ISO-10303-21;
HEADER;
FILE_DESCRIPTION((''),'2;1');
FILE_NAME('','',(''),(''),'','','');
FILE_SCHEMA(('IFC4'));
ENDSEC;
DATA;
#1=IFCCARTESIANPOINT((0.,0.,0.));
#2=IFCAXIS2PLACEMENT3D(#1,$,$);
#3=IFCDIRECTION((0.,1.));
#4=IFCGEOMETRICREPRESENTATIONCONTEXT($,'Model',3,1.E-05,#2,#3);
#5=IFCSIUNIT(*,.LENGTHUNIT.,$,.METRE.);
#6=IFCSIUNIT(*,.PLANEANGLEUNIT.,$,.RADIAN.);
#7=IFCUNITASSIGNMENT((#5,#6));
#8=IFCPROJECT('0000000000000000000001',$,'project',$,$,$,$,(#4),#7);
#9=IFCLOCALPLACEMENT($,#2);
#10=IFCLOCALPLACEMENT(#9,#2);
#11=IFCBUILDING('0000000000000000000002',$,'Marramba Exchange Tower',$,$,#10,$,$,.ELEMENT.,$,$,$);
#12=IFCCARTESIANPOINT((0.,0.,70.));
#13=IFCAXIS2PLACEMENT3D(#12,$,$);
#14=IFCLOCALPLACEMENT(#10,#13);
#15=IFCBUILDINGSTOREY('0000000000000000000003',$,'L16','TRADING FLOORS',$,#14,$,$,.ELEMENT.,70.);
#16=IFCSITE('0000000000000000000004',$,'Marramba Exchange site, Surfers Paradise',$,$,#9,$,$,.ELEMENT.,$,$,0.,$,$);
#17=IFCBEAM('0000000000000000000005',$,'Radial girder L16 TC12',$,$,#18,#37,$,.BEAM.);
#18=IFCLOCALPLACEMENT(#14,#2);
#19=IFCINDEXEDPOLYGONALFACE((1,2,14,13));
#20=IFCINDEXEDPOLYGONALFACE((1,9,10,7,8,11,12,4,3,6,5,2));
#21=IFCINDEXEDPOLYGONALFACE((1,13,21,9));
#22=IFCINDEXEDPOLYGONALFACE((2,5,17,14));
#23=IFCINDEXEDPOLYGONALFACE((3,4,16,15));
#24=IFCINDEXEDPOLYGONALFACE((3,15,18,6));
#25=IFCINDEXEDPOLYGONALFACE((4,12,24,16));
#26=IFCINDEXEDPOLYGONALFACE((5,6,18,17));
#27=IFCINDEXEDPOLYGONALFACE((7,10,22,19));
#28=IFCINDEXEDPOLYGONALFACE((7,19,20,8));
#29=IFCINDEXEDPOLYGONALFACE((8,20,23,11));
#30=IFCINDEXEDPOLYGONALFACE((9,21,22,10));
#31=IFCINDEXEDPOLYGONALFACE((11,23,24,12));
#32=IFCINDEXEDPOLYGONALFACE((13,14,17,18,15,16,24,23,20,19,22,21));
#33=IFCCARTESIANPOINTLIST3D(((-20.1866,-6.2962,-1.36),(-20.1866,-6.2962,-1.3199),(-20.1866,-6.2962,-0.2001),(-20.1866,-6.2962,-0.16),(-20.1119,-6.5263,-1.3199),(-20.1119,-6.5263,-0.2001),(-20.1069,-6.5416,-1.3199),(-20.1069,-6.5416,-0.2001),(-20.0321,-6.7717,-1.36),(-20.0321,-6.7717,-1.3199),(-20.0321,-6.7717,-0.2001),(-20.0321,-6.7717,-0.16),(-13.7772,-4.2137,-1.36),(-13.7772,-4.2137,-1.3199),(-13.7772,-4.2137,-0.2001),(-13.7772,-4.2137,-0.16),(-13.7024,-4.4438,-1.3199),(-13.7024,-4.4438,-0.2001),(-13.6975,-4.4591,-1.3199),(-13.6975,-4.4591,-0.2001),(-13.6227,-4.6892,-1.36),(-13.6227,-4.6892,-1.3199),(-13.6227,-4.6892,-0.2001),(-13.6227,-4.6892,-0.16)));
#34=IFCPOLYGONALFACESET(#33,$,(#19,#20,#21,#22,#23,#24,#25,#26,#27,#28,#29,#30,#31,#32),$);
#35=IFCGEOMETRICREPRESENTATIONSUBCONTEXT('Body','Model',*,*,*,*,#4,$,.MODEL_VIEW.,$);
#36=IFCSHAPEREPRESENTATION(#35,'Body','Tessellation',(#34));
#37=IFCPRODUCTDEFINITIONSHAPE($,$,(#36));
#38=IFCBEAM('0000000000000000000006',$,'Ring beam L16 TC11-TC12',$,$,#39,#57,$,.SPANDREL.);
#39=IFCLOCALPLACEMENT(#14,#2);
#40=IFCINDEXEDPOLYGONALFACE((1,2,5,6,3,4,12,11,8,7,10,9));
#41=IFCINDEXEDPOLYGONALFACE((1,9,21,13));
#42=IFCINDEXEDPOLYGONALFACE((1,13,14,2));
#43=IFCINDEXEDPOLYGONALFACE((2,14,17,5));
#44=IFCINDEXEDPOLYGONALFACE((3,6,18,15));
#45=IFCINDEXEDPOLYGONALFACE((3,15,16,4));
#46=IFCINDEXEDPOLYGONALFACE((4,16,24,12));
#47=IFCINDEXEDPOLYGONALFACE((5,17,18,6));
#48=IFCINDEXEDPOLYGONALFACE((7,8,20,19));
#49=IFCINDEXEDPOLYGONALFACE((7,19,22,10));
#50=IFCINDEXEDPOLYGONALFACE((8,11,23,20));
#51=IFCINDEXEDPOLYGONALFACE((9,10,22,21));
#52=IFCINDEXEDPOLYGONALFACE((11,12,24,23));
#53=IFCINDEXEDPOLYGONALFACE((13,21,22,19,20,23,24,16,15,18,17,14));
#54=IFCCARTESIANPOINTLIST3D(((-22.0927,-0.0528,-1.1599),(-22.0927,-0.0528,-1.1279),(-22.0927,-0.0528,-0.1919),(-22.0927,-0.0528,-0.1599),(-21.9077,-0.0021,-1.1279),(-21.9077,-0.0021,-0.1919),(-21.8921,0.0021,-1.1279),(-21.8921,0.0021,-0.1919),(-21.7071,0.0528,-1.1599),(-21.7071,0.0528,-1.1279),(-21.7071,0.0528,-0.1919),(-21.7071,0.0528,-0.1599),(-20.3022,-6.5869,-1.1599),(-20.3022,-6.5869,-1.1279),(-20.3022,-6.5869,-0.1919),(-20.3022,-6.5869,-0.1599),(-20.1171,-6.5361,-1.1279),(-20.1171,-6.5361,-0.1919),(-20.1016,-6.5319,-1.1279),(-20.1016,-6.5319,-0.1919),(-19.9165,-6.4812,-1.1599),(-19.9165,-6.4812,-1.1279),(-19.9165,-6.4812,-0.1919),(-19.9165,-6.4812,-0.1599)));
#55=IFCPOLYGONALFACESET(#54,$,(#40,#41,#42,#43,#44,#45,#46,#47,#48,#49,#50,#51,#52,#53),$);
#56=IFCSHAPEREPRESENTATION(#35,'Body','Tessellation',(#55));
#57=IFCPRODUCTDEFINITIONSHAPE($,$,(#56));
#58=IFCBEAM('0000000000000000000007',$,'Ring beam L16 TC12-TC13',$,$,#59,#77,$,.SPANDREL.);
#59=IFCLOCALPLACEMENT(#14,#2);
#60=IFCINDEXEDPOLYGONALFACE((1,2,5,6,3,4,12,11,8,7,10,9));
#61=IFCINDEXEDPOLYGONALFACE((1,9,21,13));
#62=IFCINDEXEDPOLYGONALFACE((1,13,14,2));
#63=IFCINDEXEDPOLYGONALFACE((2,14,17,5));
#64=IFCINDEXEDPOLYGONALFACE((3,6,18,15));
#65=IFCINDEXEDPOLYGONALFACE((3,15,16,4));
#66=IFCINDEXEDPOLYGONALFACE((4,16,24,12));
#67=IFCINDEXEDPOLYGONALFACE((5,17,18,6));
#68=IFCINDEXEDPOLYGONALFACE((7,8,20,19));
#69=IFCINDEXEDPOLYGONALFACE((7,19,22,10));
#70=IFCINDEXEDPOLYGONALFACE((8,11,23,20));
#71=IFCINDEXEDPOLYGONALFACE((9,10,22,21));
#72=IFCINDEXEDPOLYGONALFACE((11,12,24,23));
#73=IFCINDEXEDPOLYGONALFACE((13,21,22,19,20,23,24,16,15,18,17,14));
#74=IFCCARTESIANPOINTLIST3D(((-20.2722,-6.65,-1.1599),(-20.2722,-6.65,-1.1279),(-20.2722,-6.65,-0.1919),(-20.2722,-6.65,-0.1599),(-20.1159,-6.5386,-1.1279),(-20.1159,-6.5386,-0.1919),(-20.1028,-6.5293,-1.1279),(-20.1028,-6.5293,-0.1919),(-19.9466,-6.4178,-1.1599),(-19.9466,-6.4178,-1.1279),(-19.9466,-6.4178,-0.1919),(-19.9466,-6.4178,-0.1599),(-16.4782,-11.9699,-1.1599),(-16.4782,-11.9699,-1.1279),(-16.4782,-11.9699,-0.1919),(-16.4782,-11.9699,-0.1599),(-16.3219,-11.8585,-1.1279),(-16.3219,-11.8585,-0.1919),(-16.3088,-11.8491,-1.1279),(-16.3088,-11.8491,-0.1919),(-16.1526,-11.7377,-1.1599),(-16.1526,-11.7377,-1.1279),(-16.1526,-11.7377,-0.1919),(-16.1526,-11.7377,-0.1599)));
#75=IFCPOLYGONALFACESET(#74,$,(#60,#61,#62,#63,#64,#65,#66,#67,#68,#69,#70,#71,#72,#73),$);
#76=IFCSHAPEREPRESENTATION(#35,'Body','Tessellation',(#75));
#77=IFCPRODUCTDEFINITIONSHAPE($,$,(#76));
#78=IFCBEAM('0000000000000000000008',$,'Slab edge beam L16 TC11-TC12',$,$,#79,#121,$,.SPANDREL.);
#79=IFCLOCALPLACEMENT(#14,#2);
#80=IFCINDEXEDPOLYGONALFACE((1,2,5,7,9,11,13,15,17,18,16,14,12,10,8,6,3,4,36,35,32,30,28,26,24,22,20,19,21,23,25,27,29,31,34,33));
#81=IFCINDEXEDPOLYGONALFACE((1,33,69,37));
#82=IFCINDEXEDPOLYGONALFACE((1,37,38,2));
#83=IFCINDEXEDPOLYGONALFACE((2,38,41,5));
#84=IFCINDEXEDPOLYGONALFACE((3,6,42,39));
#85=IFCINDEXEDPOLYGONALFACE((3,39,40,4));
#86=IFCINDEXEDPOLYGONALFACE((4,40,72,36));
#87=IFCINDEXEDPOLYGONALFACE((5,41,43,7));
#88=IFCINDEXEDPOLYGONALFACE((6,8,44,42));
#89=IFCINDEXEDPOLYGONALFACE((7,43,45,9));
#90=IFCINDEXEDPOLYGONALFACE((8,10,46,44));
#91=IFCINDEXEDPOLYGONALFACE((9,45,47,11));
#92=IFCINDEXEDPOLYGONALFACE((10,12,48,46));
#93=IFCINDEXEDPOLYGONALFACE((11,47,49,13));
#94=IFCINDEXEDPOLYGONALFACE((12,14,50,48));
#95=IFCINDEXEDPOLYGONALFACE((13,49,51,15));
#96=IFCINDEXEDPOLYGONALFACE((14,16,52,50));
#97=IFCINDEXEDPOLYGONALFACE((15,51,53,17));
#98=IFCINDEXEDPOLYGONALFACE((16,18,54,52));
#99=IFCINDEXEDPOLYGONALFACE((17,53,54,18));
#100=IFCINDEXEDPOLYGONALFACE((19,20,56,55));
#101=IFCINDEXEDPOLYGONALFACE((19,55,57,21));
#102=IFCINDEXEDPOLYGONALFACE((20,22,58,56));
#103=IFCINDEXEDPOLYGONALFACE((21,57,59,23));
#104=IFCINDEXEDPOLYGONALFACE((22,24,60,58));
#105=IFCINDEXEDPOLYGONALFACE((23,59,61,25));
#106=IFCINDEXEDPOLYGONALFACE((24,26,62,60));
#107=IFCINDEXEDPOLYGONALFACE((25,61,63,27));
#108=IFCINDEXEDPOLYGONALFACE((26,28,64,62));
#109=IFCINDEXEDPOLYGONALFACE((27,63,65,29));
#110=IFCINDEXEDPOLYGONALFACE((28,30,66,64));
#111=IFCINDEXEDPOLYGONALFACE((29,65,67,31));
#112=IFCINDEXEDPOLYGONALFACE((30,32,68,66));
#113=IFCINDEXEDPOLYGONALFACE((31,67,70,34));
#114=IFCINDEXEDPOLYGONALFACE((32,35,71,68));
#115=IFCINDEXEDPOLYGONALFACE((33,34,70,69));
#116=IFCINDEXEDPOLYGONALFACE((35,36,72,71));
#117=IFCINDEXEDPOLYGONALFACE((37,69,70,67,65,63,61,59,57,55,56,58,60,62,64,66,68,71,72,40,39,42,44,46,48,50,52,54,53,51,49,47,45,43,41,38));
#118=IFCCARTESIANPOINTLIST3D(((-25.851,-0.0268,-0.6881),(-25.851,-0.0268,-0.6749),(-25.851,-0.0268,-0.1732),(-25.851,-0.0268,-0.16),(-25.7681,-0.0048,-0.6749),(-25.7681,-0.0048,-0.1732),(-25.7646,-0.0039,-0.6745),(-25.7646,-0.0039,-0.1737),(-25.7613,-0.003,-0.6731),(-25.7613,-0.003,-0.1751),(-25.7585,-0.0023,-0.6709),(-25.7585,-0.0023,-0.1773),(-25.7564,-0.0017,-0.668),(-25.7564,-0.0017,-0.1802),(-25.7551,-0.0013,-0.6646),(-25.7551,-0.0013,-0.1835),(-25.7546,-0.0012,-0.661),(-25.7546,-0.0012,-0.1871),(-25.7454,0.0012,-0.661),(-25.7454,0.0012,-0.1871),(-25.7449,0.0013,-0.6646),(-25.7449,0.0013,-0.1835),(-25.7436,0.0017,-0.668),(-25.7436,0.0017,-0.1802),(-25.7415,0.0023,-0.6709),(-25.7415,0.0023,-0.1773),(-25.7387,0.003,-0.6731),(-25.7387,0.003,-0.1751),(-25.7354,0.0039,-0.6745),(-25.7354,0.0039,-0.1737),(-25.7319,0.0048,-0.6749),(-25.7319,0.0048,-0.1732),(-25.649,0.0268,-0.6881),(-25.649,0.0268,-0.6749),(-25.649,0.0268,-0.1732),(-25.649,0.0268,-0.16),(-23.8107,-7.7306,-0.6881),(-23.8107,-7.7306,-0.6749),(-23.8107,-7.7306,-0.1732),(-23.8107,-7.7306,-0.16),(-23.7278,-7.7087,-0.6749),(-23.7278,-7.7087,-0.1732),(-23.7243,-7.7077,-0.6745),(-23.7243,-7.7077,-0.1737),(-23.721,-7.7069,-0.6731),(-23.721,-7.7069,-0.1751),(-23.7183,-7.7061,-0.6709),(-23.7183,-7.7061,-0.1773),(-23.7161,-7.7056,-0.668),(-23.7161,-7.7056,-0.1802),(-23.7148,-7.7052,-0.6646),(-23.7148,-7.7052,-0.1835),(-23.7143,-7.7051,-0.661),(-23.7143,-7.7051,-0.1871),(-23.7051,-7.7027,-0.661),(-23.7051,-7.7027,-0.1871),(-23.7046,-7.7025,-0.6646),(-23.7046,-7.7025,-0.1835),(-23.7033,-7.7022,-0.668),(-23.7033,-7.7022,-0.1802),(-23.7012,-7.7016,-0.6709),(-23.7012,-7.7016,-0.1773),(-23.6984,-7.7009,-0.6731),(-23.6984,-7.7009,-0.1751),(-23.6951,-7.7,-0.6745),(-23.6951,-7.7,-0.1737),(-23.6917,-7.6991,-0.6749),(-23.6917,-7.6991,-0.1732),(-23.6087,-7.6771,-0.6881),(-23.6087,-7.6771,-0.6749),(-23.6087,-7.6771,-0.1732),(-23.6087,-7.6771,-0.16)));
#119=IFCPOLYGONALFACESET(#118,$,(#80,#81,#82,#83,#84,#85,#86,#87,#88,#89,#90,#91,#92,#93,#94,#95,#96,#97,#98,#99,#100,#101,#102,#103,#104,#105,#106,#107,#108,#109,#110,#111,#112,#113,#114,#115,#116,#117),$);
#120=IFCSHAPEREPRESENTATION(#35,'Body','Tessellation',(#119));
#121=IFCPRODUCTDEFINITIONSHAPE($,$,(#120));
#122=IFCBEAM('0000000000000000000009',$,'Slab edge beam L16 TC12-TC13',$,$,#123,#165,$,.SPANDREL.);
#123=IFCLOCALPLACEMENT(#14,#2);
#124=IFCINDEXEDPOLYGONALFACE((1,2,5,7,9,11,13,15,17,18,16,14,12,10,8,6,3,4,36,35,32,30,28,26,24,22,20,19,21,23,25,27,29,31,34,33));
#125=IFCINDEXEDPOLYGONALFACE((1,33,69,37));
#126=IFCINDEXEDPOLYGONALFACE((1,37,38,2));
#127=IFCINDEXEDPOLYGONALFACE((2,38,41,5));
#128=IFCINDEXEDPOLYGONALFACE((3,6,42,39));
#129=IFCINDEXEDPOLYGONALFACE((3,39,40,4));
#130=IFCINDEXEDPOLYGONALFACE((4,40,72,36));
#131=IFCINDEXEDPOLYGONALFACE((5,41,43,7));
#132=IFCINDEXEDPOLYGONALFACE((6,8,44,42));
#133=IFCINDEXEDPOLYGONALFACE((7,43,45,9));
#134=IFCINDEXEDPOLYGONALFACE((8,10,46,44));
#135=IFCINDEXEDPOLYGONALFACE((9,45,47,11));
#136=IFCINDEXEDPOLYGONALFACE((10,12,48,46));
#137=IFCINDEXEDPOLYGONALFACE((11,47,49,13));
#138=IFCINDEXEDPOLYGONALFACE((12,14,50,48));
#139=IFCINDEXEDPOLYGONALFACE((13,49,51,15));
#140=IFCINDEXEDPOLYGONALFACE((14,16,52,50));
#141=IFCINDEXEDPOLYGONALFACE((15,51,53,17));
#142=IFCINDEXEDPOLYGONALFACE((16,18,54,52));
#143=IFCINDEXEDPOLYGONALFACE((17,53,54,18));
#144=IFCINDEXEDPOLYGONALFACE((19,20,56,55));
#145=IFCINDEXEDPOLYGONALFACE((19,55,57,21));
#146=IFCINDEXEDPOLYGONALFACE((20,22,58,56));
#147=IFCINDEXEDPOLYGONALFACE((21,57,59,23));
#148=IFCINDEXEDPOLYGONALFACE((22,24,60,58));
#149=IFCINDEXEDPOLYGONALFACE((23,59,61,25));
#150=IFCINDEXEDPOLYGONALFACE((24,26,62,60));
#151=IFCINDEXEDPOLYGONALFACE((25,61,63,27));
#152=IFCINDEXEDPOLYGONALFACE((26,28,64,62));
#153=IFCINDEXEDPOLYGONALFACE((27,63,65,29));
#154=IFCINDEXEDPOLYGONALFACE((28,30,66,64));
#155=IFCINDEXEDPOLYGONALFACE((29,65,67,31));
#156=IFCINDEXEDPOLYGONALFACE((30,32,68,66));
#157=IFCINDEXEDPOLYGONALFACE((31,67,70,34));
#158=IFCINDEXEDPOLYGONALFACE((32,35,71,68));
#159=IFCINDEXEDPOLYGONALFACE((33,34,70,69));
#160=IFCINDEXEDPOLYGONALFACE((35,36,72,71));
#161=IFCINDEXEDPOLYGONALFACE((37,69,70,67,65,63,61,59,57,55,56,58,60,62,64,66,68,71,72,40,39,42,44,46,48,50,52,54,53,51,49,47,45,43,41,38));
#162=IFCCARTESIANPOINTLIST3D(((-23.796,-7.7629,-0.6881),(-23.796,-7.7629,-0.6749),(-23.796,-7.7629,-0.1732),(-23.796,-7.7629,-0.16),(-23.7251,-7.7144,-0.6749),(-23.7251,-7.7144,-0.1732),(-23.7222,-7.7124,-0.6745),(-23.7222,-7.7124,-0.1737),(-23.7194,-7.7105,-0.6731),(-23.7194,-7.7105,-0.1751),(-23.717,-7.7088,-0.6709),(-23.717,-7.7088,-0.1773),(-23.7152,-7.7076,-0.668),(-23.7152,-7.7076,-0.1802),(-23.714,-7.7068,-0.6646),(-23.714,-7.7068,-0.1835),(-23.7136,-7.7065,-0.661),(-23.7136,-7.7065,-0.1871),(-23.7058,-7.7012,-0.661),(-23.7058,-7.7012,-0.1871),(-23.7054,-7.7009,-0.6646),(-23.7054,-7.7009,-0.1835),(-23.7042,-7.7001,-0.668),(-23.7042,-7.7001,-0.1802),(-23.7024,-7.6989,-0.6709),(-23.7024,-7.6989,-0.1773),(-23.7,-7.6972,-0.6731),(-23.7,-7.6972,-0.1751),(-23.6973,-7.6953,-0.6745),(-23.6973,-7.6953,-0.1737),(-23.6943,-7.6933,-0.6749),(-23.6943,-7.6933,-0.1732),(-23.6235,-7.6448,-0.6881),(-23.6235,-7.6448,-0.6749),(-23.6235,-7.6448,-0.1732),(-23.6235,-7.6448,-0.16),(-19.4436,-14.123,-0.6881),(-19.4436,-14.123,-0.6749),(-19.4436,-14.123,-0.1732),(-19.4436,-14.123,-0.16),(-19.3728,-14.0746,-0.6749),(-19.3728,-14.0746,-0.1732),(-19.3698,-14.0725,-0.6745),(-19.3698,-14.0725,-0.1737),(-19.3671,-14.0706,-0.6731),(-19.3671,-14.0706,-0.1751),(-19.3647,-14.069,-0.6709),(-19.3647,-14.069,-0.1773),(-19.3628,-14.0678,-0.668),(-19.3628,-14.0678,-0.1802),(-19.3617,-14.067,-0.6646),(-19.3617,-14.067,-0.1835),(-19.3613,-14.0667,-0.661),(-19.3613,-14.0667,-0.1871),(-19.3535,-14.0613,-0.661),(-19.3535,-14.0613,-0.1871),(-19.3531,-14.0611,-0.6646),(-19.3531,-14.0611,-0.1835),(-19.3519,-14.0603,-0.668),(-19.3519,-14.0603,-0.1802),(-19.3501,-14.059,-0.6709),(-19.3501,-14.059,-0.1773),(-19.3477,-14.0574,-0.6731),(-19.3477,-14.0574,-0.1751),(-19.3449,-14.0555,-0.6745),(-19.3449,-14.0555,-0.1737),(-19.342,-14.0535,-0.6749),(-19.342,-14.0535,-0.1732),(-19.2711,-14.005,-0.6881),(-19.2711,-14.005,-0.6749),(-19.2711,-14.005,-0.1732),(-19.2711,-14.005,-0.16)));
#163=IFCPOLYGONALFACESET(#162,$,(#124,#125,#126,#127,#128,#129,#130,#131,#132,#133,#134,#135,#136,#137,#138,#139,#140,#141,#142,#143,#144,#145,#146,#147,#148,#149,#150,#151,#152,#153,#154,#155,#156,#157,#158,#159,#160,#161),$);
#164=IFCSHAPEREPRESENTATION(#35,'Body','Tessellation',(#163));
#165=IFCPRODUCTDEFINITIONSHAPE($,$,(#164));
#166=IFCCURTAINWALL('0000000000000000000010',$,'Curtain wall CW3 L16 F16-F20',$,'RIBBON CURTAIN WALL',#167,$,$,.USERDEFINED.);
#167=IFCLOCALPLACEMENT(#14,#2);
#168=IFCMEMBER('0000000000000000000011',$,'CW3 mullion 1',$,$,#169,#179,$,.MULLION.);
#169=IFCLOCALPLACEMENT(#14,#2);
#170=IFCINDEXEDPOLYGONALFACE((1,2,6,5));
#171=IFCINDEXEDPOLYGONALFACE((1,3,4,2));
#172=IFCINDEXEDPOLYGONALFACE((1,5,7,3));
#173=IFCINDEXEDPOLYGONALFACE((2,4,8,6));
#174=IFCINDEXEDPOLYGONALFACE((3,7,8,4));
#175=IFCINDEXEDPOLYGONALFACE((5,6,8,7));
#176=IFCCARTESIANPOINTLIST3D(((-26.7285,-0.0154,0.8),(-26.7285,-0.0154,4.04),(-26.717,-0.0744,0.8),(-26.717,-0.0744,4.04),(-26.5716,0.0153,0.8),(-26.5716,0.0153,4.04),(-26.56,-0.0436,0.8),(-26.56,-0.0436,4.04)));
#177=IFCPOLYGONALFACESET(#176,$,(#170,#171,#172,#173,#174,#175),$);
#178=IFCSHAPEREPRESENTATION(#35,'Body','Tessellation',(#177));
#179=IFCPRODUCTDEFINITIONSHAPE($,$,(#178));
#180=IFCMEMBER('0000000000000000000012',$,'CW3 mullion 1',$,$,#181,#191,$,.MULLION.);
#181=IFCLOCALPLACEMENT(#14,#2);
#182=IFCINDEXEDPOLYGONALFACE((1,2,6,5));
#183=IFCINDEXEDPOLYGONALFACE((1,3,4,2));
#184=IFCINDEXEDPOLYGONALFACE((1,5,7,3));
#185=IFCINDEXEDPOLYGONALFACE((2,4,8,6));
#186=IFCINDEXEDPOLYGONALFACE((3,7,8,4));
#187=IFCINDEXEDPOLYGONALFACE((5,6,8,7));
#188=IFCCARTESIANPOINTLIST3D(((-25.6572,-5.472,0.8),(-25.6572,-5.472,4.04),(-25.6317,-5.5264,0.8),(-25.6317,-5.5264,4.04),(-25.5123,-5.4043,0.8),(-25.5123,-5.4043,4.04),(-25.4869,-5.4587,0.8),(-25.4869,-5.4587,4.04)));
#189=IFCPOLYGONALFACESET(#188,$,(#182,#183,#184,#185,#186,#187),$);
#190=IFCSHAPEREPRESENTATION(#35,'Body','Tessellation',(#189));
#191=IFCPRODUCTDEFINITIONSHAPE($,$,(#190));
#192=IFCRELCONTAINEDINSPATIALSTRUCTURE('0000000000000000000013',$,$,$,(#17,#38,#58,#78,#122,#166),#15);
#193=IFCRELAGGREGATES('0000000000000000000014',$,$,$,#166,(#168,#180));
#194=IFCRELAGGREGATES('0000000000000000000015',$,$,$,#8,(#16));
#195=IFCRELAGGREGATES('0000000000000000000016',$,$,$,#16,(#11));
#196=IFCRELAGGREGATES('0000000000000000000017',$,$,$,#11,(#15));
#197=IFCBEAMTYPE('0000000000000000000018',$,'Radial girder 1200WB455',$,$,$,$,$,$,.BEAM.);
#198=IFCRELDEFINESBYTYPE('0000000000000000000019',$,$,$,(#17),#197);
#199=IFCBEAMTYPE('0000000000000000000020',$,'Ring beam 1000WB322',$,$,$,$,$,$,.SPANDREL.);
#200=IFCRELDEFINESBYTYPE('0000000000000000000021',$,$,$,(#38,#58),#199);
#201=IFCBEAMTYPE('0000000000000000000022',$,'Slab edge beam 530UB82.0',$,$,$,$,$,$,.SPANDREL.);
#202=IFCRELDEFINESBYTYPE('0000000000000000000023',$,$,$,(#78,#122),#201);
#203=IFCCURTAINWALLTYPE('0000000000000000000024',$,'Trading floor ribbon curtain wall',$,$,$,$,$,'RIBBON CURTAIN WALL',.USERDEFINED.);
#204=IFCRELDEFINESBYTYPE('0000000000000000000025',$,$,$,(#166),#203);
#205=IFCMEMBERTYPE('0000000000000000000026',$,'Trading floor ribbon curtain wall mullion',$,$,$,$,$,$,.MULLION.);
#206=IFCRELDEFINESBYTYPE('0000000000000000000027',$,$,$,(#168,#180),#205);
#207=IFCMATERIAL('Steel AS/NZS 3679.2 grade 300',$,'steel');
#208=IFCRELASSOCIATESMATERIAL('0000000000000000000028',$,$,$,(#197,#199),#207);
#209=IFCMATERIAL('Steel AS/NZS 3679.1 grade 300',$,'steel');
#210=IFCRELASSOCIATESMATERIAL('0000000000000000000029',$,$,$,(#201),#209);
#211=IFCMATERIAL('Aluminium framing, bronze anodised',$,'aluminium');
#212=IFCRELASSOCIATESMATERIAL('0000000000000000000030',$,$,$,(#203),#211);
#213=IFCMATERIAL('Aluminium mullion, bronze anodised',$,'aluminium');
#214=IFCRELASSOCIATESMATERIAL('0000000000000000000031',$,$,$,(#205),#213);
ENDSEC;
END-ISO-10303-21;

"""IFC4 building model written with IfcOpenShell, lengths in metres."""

from ifc_helpers import new_model, si_unit, direction, frame, origin, origin_2d, place, context, subcontext, project, spatial, rectangle, i_section, extrude, material, material_profile, profile_set, type_object, element, aggregate, save


model = new_model("IFC4")

# Units and contexts
model_context = context("Model", 3, precision=1e-05, world=origin(), true_north=direction((0.0, 1.0)))
body_context = subcontext(model_context, "Body", "Model", "MODEL_VIEW")
ifc_project = project(units=[si_unit("LENGTHUNIT", "METRE"), si_unit("PLANEANGLEUNIT", "RADIAN")], contexts=[model_context])

# Site, building, storey
site_placement = place(None, origin())
site = spatial("IfcSite", under=ifc_project, at=site_placement, Name="Marramba Exchange site, Surfers Paradise", CompositionType="ELEMENT", RefElevation=0.0)
building_placement = place(site_placement, origin())
building = spatial("IfcBuilding", under=site, at=building_placement, Name="Marramba Exchange Tower", CompositionType="ELEMENT")
storey_placement = place(building_placement, frame((0.0, 0.0, 70.0)))
storey = spatial("IfcBuildingStorey", under=building, at=storey_placement, Name="L16", Description="TRADING FLOORS", CompositionType="ELEMENT", Elevation=70.0)

# Beams
ifc_material_1 = material(Name="Steel AS/NZS 3679.2 grade 300", Category="steel")
ifc_material_2 = material(Name="Steel AS/NZS 3679.1 grade 300", Category="steel")
ifc_material_profile_1 = material_profile(ifc_material_1, i_section(OverallWidth=0.5, OverallDepth=1.2, WebThickness=0.0161, FlangeThickness=0.04, at=origin_2d()), Name="1200WB455")
ifc_profile_set_1 = profile_set([ifc_material_profile_1], Name="Steel AS/NZS 3679.2 grade 300")
beam_type_1 = type_object("IfcBeamType", Name="Radial girder 1200WB455", PredefinedType="BEAM", material=ifc_profile_set_1)
beam_1_placement = place(storey_placement, frame((-13.7, -4.4514, -0.76), z_axis=(-0.951058, -0.309013, 0.0), x_axis=(0.309013, -0.951058, 0.0)))
element("IfcBeam", 1, at=beam_1_placement, inside=storey, type_object=beam_type_1, Name="Radial girder L16 TC12", PredefinedType="BEAM", context=body_context, shape_type="SweptSolid", body=[
    extrude(i_section(OverallWidth=0.5, OverallDepth=1.2, WebThickness=0.0161, FlangeThickness=0.04, at=origin_2d()), origin(), (0.0, 0.0, 1.0), 6.7393),
])
ifc_material_profile_2 = material_profile(ifc_material_1, i_section(OverallWidth=0.3999, OverallDepth=1.0, WebThickness=0.0161, FlangeThickness=0.032, at=origin_2d()), Name="1000WB322")
ifc_profile_set_2 = profile_set([ifc_material_profile_2], Name="Steel AS/NZS 3679.2 grade 300")
beam_type_2 = type_object("IfcBeamType", Name="Ring beam 1000WB322", PredefinedType="SPANDREL", material=ifc_profile_set_2)
beam_2_placement = place(storey_placement, frame((-21.8999, 0.0, -0.6599), z_axis=(0.264291, -0.964443, 0.0), x_axis=(0.964443, 0.264291, 0.0)))
element("IfcBeam", 2, at=beam_2_placement, inside=storey, type_object=beam_type_2, Name="Ring beam L16 TC11-TC12", PredefinedType="SPANDREL", context=body_context, shape_type="SweptSolid", body=[
    extrude(i_section(OverallWidth=0.3999, OverallDepth=1.0, WebThickness=0.0161, FlangeThickness=0.032, at=origin_2d()), origin(), (0.0, 0.0, 1.0), 6.7749),
])
beam_3_placement = place(storey_placement, frame((-20.1094, -6.5339, -0.6599), z_axis=(0.580637, -0.814162, 0.0), x_axis=(0.814162, 0.580637, 0.0)))
element("IfcBeam", 3, at=beam_3_placement, inside=storey, type_object=beam_type_2, Name="Ring beam L16 TC12-TC13", PredefinedType="SPANDREL", context=body_context, shape_type="SweptSolid", body=[
    extrude(i_section(OverallWidth=0.3999, OverallDepth=1.0, WebThickness=0.0161, FlangeThickness=0.032, at=origin_2d()), origin(), (0.0, 0.0, 1.0), 6.5342),
])
ifc_material_profile_3 = material_profile(ifc_material_2, i_section(OverallWidth=0.209, OverallDepth=0.5281, WebThickness=0.0095, FlangeThickness=0.0132, FilletRadius=0.0139, at=origin_2d()), Name="530UB82.0")
ifc_profile_set_3 = profile_set([ifc_material_profile_3], Name="Steel AS/NZS 3679.1 grade 300")
beam_type_3 = type_object("IfcBeamType", Name="Slab edge beam 530UB82.0", PredefinedType="SPANDREL", material=ifc_profile_set_3)
beam_4_placement = place(storey_placement, frame((-25.75, 0.0, -0.4241), z_axis=(0.256013, -0.966673, 0.0), x_axis=(0.966673, 0.256013, 0.0)))
element("IfcBeam", 4, at=beam_4_placement, inside=storey, type_object=beam_type_3, Name="Slab edge beam L16 TC11-TC12", PredefinedType="SPANDREL", context=body_context, shape_type="SweptSolid", body=[
    extrude(i_section(OverallWidth=0.209, OverallDepth=0.5281, WebThickness=0.0095, FlangeThickness=0.0132, FilletRadius=0.0139, at=origin_2d()), origin(), (0.0, 0.0, 1.0), 7.9695),
])
beam_5_placement = place(storey_placement, frame((-23.7097, -7.7039, -0.4241), z_axis=(0.564741, -0.825268, 0.0), x_axis=(0.825268, 0.564741, 0.0)))
element("IfcBeam", 5, at=beam_5_placement, inside=storey, type_object=beam_type_3, Name="Slab edge beam L16 TC12-TC13", PredefinedType="SPANDREL", context=body_context, shape_type="SweptSolid", body=[
    extrude(i_section(OverallWidth=0.209, OverallDepth=0.5281, WebThickness=0.0095, FlangeThickness=0.0132, FilletRadius=0.0139, at=origin_2d()), origin(), (0.0, 0.0, 1.0), 7.7068),
])

# Curtain wall, members
ifc_material_3 = material(Name="Aluminium framing, bronze anodised", Category="aluminium")
curtain_wall_type = type_object("IfcCurtainWallType", Name="Trading floor ribbon curtain wall", ElementType="RIBBON CURTAIN WALL", PredefinedType="USERDEFINED", material=ifc_material_3)
curtain_wall_placement = place(storey_placement, origin())
curtain_wall = element("IfcCurtainWall", 6, at=curtain_wall_placement, inside=storey, type_object=curtain_wall_type, Name="Curtain wall CW3 L16 F16-F20", ObjectType="RIBBON CURTAIN WALL", PredefinedType="USERDEFINED")
ifc_material_4 = material(Name="Aluminium mullion, bronze anodised", Category="aluminium")
ifc_material_profile_4 = material_profile(ifc_material_4, rectangle(XDim=0.1599, YDim=0.0601, at=origin_2d()), Name="CW3 mullion 60x160")
ifc_profile_set_4 = profile_set([ifc_material_profile_4], Name="Aluminium mullion, bronze anodised")
member_type_1 = type_object("IfcMemberType", Name="Trading floor ribbon curtain wall mullion", PredefinedType="MULLION", material=ifc_profile_set_4)
member_1_placement = place(storey_placement, frame((-26.6443, -0.0295, 0.8), z_axis=(0.0, 0.0, 1.0), x_axis=(0.981346, 0.192249, 0.0)))
member_1 = element("IfcMember", 7, at=member_1_placement, type_object=member_type_1, Name="CW3 mullion 1", PredefinedType="MULLION", context=body_context, shape_type="SweptSolid", body=[
    extrude(rectangle(XDim=0.1599, YDim=0.0601, at=origin_2d()), origin(), (0.0, 0.0, 1.0), 3.24),
])
member_2_placement = place(storey_placement, frame((-25.572, -5.4653, 0.8), z_axis=(0.0, 0.0, 1.0), x_axis=(0.905907, 0.423477, 0.0)))
member_2 = element("IfcMember", 8, at=member_2_placement, type_object=member_type_1, Name="CW3 mullion 1", PredefinedType="MULLION", context=body_context, shape_type="SweptSolid", body=[
    extrude(rectangle(XDim=0.1599, YDim=0.0601, at=origin_2d()), origin(), (0.0, 0.0, 1.0), 3.24),
])
aggregate(curtain_wall, [member_1, member_2])

save(model, "model.ifc")
